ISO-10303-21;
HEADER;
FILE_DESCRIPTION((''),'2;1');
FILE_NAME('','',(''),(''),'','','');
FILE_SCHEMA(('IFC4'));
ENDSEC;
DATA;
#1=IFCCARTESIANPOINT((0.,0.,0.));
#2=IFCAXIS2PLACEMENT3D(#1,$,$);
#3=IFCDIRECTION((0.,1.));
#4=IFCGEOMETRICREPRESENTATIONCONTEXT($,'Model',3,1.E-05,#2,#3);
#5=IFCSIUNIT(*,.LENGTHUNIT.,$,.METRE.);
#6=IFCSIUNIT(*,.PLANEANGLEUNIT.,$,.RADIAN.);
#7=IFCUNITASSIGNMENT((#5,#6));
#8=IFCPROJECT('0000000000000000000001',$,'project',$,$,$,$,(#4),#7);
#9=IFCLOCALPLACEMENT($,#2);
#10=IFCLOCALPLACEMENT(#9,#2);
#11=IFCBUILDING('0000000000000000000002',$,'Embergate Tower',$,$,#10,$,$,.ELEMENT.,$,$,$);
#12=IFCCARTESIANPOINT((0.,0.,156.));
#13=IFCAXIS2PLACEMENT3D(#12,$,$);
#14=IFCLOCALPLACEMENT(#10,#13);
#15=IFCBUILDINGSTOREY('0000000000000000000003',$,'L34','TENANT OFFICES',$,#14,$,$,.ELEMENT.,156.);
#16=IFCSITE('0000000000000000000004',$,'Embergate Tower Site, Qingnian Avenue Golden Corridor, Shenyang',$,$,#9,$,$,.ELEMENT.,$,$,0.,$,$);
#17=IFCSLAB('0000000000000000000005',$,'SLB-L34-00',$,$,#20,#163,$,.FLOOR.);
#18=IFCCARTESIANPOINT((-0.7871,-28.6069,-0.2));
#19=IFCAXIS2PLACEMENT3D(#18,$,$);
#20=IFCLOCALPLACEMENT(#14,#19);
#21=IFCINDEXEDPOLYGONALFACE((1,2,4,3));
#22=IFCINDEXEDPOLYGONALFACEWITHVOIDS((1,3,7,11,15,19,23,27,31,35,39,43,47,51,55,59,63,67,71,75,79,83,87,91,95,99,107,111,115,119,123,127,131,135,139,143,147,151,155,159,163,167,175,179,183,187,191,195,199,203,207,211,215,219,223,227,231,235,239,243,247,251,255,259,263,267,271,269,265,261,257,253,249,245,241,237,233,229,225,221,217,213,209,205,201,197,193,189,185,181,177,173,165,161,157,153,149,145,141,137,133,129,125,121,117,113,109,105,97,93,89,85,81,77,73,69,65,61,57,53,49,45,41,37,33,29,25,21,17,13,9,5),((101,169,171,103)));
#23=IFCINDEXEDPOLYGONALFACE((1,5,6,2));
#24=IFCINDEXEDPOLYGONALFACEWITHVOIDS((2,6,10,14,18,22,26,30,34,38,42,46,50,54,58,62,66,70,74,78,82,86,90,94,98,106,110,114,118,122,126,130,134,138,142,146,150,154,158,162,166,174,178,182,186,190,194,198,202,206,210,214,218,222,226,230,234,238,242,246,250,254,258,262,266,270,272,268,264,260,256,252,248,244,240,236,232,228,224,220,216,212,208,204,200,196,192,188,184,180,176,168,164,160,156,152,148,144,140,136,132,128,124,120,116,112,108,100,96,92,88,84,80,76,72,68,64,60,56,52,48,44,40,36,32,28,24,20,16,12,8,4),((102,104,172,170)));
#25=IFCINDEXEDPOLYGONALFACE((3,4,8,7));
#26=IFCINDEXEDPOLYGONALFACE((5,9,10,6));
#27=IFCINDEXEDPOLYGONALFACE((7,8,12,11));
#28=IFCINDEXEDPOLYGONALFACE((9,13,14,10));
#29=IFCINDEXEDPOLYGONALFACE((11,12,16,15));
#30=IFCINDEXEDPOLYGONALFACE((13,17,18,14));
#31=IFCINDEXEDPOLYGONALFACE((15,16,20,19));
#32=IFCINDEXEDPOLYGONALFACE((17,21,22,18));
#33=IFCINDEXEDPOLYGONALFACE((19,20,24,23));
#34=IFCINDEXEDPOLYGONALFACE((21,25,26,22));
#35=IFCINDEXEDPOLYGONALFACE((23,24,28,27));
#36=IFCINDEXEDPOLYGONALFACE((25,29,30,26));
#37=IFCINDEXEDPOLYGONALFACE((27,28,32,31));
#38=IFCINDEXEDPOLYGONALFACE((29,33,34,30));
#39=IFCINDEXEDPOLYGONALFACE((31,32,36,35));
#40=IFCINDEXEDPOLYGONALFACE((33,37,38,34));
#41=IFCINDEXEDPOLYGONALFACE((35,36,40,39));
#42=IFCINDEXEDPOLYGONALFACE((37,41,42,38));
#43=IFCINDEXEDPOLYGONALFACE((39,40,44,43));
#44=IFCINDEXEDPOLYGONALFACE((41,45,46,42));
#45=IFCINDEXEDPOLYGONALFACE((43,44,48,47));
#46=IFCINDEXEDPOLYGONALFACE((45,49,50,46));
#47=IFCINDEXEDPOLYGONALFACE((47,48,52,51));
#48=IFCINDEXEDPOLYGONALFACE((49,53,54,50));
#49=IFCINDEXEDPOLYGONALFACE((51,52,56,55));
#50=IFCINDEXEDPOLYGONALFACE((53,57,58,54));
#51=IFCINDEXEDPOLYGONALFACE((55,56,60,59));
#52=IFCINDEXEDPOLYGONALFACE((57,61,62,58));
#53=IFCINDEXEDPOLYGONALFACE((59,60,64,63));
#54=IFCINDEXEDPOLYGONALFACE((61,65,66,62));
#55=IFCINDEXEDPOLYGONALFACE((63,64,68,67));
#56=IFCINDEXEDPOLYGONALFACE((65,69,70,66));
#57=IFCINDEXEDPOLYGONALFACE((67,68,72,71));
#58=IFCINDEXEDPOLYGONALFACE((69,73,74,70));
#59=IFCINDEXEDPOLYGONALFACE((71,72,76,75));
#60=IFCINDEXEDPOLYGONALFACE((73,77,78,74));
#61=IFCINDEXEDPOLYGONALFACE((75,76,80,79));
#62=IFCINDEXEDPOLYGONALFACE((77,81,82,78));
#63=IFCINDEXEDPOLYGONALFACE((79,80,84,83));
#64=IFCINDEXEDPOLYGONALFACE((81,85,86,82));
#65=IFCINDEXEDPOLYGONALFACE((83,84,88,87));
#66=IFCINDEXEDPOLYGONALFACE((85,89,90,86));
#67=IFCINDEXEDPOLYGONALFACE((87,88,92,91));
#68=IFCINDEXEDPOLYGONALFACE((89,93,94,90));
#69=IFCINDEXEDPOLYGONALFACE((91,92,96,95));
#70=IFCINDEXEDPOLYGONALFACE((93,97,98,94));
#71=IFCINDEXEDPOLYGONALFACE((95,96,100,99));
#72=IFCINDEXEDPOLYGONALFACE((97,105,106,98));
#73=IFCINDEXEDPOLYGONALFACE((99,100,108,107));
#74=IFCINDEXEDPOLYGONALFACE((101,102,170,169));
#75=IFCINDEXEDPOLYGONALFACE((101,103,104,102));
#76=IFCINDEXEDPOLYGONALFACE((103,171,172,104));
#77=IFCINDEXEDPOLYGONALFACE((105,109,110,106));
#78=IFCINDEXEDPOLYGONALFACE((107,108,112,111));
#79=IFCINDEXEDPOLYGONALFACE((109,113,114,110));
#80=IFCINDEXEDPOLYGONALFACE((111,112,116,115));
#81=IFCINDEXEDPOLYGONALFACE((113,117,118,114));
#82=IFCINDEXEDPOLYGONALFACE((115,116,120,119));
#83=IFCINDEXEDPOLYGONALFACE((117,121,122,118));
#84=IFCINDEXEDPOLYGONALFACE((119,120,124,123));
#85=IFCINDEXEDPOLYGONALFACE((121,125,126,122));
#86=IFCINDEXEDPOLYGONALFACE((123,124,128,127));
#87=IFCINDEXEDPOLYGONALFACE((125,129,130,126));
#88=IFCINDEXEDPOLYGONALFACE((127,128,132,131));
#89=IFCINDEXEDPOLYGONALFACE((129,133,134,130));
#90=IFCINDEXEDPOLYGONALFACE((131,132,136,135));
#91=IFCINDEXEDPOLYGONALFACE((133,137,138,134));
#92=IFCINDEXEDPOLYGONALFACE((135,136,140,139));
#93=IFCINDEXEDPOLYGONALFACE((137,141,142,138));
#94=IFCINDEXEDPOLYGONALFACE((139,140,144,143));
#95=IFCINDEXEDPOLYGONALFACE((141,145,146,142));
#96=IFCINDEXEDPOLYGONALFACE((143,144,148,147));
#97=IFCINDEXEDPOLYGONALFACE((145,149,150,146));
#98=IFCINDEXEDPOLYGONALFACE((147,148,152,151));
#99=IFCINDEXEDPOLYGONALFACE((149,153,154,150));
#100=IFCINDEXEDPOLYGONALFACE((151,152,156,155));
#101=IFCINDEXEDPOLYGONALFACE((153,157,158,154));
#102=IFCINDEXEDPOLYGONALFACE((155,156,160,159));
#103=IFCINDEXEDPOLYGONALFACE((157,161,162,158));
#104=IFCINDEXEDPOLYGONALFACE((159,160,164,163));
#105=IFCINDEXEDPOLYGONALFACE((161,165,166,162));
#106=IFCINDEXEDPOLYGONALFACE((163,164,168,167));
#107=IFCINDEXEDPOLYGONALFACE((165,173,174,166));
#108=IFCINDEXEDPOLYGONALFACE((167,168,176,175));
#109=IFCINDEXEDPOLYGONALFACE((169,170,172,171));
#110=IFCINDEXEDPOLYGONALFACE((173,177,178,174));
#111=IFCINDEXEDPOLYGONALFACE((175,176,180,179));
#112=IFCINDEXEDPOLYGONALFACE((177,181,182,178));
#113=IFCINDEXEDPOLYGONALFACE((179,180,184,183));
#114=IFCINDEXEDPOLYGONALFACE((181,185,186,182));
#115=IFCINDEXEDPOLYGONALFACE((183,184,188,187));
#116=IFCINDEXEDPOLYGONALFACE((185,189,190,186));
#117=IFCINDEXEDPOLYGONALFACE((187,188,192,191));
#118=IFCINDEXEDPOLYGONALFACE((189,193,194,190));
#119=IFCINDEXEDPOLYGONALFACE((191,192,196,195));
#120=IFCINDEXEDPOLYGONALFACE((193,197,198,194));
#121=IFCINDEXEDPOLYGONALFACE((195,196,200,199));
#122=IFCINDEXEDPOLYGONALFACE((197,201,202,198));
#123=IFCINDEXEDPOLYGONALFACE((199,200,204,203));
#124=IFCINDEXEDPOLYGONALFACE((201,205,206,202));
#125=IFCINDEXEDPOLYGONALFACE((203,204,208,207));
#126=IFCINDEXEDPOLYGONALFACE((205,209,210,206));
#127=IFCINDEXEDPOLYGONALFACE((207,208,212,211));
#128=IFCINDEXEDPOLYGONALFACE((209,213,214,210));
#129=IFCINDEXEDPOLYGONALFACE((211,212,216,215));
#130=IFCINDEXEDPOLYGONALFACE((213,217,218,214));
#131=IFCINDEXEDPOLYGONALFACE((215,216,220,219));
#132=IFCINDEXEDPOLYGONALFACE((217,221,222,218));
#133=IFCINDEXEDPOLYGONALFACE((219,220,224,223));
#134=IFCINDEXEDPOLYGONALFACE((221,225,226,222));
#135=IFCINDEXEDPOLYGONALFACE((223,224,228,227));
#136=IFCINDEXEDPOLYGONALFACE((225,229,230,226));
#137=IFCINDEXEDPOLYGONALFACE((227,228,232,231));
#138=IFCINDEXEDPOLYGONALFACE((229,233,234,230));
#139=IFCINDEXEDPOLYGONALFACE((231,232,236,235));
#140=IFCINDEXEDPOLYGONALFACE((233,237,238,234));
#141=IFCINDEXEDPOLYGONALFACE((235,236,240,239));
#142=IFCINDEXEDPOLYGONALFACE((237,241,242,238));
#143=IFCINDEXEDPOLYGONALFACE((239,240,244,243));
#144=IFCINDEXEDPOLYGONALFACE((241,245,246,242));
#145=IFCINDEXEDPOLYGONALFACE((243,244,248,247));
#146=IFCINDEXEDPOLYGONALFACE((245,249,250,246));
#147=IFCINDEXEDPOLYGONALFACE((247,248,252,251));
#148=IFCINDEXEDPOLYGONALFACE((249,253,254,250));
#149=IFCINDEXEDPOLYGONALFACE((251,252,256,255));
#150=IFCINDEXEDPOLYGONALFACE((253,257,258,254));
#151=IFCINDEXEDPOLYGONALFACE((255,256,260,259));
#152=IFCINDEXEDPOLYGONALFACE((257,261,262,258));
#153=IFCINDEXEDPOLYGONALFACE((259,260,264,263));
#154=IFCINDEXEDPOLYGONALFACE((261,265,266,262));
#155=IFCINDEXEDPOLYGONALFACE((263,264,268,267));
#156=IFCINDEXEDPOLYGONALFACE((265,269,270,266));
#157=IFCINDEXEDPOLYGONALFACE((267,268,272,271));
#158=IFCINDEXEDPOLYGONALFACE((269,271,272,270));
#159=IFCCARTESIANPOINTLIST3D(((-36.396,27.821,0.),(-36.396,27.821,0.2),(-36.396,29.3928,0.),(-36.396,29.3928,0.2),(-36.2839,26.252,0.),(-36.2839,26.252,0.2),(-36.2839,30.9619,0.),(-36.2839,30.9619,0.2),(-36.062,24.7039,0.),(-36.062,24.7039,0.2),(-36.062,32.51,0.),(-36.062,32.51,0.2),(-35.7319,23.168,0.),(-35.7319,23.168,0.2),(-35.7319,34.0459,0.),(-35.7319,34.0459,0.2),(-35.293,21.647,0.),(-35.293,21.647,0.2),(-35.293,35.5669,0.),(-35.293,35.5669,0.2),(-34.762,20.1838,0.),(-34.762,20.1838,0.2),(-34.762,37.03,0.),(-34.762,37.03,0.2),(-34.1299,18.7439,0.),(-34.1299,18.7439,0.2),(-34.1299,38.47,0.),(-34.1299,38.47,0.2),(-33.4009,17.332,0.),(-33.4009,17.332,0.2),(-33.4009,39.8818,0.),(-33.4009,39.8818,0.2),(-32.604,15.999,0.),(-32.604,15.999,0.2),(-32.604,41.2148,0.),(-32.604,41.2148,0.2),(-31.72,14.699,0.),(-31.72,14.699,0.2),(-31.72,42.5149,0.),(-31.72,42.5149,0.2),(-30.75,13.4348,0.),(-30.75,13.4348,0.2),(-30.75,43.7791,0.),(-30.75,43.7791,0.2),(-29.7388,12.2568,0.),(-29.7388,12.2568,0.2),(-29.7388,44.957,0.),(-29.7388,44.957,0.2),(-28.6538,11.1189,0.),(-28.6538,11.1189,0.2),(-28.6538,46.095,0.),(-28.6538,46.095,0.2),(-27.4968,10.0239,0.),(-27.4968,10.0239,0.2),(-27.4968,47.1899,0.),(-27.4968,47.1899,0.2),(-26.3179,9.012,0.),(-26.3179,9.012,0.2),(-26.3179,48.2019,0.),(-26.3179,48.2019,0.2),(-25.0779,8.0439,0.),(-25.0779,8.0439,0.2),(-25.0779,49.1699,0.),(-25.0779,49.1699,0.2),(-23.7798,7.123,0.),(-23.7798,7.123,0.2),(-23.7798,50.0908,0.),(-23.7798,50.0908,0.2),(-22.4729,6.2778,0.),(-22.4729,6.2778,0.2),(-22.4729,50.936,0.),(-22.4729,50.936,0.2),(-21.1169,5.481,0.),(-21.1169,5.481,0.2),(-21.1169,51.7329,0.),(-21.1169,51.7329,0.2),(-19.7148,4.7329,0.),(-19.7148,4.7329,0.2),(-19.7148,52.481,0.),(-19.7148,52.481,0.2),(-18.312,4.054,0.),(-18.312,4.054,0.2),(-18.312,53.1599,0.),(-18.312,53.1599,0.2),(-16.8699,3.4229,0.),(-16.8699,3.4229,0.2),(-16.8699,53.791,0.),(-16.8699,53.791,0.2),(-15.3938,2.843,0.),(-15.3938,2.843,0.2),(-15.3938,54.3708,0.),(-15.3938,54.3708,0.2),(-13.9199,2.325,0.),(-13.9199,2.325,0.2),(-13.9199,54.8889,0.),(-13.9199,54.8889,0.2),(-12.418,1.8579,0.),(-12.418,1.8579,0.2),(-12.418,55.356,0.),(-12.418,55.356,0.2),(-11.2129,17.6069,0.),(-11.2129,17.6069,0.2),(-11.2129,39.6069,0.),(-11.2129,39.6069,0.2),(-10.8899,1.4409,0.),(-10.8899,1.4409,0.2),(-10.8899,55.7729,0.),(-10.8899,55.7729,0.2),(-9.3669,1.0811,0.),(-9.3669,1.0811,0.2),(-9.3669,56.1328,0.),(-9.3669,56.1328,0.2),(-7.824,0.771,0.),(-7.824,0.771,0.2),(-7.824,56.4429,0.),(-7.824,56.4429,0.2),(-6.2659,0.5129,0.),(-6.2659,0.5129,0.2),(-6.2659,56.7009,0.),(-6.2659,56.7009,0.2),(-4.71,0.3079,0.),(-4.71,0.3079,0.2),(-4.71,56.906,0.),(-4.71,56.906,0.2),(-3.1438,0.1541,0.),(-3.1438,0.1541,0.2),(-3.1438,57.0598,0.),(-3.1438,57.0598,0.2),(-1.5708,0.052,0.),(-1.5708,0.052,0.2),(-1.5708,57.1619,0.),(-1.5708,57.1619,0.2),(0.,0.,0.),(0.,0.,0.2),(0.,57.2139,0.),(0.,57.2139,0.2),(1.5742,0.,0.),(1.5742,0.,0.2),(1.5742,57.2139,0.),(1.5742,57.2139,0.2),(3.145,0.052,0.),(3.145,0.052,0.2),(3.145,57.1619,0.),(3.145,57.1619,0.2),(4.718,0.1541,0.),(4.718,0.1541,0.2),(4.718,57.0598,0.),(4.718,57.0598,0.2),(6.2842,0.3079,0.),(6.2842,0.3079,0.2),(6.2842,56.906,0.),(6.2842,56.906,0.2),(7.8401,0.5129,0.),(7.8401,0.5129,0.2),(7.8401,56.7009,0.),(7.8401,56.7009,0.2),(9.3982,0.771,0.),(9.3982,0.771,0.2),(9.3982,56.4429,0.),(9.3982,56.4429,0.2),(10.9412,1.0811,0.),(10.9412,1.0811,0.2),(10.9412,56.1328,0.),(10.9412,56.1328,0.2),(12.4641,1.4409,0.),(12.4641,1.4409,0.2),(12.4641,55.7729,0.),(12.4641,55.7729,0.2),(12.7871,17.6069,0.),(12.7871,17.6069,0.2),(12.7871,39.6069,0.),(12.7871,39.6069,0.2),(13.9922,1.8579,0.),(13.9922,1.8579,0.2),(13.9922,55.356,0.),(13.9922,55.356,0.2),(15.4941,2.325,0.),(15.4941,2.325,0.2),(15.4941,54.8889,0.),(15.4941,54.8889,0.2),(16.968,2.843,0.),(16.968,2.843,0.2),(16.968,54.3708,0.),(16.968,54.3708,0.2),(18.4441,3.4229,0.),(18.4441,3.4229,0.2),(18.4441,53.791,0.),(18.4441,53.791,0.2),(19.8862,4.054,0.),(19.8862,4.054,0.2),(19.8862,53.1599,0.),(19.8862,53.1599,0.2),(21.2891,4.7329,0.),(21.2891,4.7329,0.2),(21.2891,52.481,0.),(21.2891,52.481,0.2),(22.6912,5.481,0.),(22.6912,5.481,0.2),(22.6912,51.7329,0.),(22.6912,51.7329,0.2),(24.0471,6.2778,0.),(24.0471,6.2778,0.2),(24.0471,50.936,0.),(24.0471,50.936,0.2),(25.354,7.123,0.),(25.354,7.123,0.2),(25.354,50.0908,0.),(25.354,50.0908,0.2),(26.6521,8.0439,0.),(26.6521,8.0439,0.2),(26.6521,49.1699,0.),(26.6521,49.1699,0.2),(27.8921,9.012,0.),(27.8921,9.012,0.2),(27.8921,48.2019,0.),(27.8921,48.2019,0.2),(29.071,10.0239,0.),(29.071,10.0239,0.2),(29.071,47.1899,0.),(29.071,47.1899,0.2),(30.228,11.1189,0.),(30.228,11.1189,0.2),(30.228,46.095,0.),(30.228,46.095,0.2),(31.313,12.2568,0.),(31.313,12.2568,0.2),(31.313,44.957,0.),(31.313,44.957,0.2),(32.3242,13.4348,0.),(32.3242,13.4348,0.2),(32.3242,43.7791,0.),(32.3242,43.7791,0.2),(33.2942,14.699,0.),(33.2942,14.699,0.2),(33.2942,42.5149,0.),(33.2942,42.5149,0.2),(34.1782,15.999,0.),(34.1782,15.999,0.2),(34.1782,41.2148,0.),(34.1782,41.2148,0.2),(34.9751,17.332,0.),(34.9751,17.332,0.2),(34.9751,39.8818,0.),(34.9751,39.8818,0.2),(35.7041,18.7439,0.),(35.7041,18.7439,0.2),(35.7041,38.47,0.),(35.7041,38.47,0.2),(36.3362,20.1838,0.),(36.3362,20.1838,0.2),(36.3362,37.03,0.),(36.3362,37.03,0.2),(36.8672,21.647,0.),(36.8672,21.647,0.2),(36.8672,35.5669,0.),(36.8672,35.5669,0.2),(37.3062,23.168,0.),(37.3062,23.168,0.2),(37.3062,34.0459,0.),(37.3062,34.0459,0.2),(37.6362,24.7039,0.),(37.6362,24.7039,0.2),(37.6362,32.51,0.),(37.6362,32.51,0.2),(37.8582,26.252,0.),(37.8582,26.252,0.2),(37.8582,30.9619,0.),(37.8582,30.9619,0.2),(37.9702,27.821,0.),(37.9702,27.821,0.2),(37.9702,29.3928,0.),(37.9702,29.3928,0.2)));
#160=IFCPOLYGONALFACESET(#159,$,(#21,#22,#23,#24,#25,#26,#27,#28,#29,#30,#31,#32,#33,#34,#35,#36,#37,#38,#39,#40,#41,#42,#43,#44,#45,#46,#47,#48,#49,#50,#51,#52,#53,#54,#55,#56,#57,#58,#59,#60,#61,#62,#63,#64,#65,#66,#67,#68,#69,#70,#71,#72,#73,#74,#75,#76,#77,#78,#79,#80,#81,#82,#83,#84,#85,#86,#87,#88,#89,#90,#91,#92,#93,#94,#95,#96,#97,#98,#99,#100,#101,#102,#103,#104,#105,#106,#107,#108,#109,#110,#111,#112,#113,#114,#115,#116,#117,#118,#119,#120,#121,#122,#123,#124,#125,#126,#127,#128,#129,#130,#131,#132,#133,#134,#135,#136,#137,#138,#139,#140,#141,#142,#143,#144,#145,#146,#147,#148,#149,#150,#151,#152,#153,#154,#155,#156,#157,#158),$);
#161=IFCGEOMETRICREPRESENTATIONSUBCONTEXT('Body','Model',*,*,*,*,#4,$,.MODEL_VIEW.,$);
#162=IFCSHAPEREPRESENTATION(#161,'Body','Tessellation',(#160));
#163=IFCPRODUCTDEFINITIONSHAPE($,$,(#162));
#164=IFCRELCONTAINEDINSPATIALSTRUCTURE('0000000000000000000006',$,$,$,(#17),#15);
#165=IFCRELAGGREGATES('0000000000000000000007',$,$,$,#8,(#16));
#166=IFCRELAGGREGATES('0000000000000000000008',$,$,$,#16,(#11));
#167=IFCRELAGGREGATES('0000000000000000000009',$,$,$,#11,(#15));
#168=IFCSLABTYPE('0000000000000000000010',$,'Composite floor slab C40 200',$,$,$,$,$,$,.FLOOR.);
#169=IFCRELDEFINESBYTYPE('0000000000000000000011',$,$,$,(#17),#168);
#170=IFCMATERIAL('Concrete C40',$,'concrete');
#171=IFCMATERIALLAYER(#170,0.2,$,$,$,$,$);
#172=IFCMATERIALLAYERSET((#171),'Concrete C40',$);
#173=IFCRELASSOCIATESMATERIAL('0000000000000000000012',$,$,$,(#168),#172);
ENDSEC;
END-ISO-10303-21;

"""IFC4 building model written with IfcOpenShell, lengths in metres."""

from ifc_helpers import new_model, si_unit, direction, frame, origin, place, context, subcontext, project, spatial, polyline, outline, extrude, source, transform, mapped, material, layer, layer_set, type_object, element, save


model = new_model("IFC4")

# Units and contexts
model_context = context("Model", 3, precision=1e-05, world=origin(), true_north=direction((0.0, 1.0)))
body_context = subcontext(model_context, "Body", "Model", "MODEL_VIEW")
ifc_project = project(units=[si_unit("LENGTHUNIT", "METRE"), si_unit("PLANEANGLEUNIT", "RADIAN")], contexts=[model_context])

# Site, building, storey
site_placement = place(None, origin())
site = spatial("IfcSite", under=ifc_project, at=site_placement, Name="Embergate Tower Site, Qingnian Avenue Golden Corridor, Shenyang", CompositionType="ELEMENT", RefElevation=0.0)
building_placement = place(site_placement, origin())
building = spatial("IfcBuilding", under=site, at=building_placement, Name="Embergate Tower", CompositionType="ELEMENT")
storey_placement = place(building_placement, frame((0.0, 0.0, 156.0)))
storey = spatial("IfcBuildingStorey", under=building, at=storey_placement, Name="L34", Description="TENANT OFFICES", CompositionType="ELEMENT", Elevation=156.0)

# Slab
ifc_material_1 = material(Name="Concrete C40", Category="concrete")
ifc_layer_1 = layer(ifc_material_1, 0.2)
ifc_layer_set_1 = layer_set([ifc_layer_1], Name="Concrete C40")
slab_type = type_object("IfcSlabType", Name="Composite floor slab C40 200", PredefinedType="FLOOR", material=ifc_layer_set_1)
shared_shape_1 = source(origin(), body_context, "Body", "SweptSolid", [
    extrude(outline(polyline([(0.0, 0.0), (1.5742, 0.0), (3.145, 0.052), (4.718, 0.1541), (6.2842, 0.3079), (7.8401, 0.5129), (9.3982, 0.771), (10.9412, 1.0811), (12.4641, 1.4409), (13.9922, 1.8579), (15.4941, 2.325), (16.968, 2.843), (18.4441, 3.4229), (19.8862, 4.054), (21.2891, 4.7329), (22.6912, 5.481), (24.0471, 6.2778), (25.354, 7.123), (26.6521, 8.0439), (27.8921, 9.012), (29.071, 10.0239), (30.228, 11.1189), (31.313, 12.2568), (32.3242, 13.4348), (33.2942, 14.699), (34.1782, 15.999), (34.9751, 17.332), (35.7041, 18.7439), (36.3362, 20.1838), (36.8672, 21.647), (37.3062, 23.168), (37.6362, 24.7039), (37.8582, 26.252), (37.9702, 27.821), (37.9702, 29.3928), (37.8582, 30.9619), (37.6362, 32.51), (37.3062, 34.0459), (36.8672, 35.5669), (36.3362, 37.03), (35.7041, 38.47), (34.9751, 39.8818), (34.1782, 41.2148), (33.2942, 42.5149), (32.3242, 43.7791), (31.313, 44.957), (30.228, 46.095), (29.071, 47.1899), (27.8921, 48.2019), (26.6521, 49.1699), (25.354, 50.0908), (24.0471, 50.936), (22.6912, 51.7329), (21.2891, 52.481), (19.8862, 53.1599), (18.4441, 53.791), (16.968, 54.3708), (15.4941, 54.8889), (13.9922, 55.356), (12.4641, 55.7729), (10.9412, 56.1328), (9.3982, 56.4429), (7.8401, 56.7009), (6.2842, 56.906), (4.718, 57.0598), (3.145, 57.1619), (1.5742, 57.2139), (0.0, 57.2139), (-1.5708, 57.1619), (-3.1438, 57.0598), (-4.71, 56.906), (-6.2659, 56.7009), (-7.824, 56.4429), (-9.3669, 56.1328), (-10.8899, 55.7729), (-12.418, 55.356), (-13.9199, 54.8889), (-15.3938, 54.3708), (-16.8699, 53.791), (-18.312, 53.1599), (-19.7148, 52.481), (-21.1169, 51.7329), (-22.4729, 50.936), (-23.7798, 50.0908), (-25.0779, 49.1699), (-26.3179, 48.2019), (-27.4968, 47.1899), (-28.6538, 46.095), (-29.7388, 44.957), (-30.75, 43.7791), (-31.72, 42.5149), (-32.604, 41.2148), (-33.4009, 39.8818), (-34.1299, 38.47), (-34.762, 37.03), (-35.293, 35.5669), (-35.7319, 34.0459), (-36.062, 32.51), (-36.2839, 30.9619), (-36.396, 29.3928), (-36.396, 27.821), (-36.2839, 26.252), (-36.062, 24.7039), (-35.7319, 23.168), (-35.293, 21.647), (-34.762, 20.1838), (-34.1299, 18.7439), (-33.4009, 17.332), (-32.604, 15.999), (-31.72, 14.699), (-30.75, 13.4348), (-29.7388, 12.2568), (-28.6538, 11.1189), (-27.4968, 10.0239), (-26.3179, 9.012), (-25.0779, 8.0439), (-23.7798, 7.123), (-22.4729, 6.2778), (-21.1169, 5.481), (-19.7148, 4.7329), (-18.312, 4.054), (-16.8699, 3.4229), (-15.3938, 2.843), (-13.9199, 2.325), (-12.418, 1.8579), (-10.8899, 1.4409), (-9.3669, 1.0811), (-7.824, 0.771), (-6.2659, 0.5129), (-4.71, 0.3079), (-3.1438, 0.1541), (-1.5708, 0.052), (0.0, 0.0)]), holes=[polyline([(-11.2129, 17.6069), (-11.2129, 39.6069), (12.7871, 39.6069), (12.7871, 17.6069), (-11.2129, 17.6069)])]), origin(), (0.0, 0.0, 1.0), 0.2),
])
slab_placement = place(storey_placement, frame((-0.7871, -28.6069, -0.2)))
element("IfcSlab", 1, at=slab_placement, inside=storey, type_object=slab_type, Name="SLB-L34-00", PredefinedType="FLOOR", context=body_context, shape_type="MappedRepresentation", body=[
    mapped(shared_shape_1, transform((0.0, 0.0, 0.0))),
])

save(model, "model.ifc")
